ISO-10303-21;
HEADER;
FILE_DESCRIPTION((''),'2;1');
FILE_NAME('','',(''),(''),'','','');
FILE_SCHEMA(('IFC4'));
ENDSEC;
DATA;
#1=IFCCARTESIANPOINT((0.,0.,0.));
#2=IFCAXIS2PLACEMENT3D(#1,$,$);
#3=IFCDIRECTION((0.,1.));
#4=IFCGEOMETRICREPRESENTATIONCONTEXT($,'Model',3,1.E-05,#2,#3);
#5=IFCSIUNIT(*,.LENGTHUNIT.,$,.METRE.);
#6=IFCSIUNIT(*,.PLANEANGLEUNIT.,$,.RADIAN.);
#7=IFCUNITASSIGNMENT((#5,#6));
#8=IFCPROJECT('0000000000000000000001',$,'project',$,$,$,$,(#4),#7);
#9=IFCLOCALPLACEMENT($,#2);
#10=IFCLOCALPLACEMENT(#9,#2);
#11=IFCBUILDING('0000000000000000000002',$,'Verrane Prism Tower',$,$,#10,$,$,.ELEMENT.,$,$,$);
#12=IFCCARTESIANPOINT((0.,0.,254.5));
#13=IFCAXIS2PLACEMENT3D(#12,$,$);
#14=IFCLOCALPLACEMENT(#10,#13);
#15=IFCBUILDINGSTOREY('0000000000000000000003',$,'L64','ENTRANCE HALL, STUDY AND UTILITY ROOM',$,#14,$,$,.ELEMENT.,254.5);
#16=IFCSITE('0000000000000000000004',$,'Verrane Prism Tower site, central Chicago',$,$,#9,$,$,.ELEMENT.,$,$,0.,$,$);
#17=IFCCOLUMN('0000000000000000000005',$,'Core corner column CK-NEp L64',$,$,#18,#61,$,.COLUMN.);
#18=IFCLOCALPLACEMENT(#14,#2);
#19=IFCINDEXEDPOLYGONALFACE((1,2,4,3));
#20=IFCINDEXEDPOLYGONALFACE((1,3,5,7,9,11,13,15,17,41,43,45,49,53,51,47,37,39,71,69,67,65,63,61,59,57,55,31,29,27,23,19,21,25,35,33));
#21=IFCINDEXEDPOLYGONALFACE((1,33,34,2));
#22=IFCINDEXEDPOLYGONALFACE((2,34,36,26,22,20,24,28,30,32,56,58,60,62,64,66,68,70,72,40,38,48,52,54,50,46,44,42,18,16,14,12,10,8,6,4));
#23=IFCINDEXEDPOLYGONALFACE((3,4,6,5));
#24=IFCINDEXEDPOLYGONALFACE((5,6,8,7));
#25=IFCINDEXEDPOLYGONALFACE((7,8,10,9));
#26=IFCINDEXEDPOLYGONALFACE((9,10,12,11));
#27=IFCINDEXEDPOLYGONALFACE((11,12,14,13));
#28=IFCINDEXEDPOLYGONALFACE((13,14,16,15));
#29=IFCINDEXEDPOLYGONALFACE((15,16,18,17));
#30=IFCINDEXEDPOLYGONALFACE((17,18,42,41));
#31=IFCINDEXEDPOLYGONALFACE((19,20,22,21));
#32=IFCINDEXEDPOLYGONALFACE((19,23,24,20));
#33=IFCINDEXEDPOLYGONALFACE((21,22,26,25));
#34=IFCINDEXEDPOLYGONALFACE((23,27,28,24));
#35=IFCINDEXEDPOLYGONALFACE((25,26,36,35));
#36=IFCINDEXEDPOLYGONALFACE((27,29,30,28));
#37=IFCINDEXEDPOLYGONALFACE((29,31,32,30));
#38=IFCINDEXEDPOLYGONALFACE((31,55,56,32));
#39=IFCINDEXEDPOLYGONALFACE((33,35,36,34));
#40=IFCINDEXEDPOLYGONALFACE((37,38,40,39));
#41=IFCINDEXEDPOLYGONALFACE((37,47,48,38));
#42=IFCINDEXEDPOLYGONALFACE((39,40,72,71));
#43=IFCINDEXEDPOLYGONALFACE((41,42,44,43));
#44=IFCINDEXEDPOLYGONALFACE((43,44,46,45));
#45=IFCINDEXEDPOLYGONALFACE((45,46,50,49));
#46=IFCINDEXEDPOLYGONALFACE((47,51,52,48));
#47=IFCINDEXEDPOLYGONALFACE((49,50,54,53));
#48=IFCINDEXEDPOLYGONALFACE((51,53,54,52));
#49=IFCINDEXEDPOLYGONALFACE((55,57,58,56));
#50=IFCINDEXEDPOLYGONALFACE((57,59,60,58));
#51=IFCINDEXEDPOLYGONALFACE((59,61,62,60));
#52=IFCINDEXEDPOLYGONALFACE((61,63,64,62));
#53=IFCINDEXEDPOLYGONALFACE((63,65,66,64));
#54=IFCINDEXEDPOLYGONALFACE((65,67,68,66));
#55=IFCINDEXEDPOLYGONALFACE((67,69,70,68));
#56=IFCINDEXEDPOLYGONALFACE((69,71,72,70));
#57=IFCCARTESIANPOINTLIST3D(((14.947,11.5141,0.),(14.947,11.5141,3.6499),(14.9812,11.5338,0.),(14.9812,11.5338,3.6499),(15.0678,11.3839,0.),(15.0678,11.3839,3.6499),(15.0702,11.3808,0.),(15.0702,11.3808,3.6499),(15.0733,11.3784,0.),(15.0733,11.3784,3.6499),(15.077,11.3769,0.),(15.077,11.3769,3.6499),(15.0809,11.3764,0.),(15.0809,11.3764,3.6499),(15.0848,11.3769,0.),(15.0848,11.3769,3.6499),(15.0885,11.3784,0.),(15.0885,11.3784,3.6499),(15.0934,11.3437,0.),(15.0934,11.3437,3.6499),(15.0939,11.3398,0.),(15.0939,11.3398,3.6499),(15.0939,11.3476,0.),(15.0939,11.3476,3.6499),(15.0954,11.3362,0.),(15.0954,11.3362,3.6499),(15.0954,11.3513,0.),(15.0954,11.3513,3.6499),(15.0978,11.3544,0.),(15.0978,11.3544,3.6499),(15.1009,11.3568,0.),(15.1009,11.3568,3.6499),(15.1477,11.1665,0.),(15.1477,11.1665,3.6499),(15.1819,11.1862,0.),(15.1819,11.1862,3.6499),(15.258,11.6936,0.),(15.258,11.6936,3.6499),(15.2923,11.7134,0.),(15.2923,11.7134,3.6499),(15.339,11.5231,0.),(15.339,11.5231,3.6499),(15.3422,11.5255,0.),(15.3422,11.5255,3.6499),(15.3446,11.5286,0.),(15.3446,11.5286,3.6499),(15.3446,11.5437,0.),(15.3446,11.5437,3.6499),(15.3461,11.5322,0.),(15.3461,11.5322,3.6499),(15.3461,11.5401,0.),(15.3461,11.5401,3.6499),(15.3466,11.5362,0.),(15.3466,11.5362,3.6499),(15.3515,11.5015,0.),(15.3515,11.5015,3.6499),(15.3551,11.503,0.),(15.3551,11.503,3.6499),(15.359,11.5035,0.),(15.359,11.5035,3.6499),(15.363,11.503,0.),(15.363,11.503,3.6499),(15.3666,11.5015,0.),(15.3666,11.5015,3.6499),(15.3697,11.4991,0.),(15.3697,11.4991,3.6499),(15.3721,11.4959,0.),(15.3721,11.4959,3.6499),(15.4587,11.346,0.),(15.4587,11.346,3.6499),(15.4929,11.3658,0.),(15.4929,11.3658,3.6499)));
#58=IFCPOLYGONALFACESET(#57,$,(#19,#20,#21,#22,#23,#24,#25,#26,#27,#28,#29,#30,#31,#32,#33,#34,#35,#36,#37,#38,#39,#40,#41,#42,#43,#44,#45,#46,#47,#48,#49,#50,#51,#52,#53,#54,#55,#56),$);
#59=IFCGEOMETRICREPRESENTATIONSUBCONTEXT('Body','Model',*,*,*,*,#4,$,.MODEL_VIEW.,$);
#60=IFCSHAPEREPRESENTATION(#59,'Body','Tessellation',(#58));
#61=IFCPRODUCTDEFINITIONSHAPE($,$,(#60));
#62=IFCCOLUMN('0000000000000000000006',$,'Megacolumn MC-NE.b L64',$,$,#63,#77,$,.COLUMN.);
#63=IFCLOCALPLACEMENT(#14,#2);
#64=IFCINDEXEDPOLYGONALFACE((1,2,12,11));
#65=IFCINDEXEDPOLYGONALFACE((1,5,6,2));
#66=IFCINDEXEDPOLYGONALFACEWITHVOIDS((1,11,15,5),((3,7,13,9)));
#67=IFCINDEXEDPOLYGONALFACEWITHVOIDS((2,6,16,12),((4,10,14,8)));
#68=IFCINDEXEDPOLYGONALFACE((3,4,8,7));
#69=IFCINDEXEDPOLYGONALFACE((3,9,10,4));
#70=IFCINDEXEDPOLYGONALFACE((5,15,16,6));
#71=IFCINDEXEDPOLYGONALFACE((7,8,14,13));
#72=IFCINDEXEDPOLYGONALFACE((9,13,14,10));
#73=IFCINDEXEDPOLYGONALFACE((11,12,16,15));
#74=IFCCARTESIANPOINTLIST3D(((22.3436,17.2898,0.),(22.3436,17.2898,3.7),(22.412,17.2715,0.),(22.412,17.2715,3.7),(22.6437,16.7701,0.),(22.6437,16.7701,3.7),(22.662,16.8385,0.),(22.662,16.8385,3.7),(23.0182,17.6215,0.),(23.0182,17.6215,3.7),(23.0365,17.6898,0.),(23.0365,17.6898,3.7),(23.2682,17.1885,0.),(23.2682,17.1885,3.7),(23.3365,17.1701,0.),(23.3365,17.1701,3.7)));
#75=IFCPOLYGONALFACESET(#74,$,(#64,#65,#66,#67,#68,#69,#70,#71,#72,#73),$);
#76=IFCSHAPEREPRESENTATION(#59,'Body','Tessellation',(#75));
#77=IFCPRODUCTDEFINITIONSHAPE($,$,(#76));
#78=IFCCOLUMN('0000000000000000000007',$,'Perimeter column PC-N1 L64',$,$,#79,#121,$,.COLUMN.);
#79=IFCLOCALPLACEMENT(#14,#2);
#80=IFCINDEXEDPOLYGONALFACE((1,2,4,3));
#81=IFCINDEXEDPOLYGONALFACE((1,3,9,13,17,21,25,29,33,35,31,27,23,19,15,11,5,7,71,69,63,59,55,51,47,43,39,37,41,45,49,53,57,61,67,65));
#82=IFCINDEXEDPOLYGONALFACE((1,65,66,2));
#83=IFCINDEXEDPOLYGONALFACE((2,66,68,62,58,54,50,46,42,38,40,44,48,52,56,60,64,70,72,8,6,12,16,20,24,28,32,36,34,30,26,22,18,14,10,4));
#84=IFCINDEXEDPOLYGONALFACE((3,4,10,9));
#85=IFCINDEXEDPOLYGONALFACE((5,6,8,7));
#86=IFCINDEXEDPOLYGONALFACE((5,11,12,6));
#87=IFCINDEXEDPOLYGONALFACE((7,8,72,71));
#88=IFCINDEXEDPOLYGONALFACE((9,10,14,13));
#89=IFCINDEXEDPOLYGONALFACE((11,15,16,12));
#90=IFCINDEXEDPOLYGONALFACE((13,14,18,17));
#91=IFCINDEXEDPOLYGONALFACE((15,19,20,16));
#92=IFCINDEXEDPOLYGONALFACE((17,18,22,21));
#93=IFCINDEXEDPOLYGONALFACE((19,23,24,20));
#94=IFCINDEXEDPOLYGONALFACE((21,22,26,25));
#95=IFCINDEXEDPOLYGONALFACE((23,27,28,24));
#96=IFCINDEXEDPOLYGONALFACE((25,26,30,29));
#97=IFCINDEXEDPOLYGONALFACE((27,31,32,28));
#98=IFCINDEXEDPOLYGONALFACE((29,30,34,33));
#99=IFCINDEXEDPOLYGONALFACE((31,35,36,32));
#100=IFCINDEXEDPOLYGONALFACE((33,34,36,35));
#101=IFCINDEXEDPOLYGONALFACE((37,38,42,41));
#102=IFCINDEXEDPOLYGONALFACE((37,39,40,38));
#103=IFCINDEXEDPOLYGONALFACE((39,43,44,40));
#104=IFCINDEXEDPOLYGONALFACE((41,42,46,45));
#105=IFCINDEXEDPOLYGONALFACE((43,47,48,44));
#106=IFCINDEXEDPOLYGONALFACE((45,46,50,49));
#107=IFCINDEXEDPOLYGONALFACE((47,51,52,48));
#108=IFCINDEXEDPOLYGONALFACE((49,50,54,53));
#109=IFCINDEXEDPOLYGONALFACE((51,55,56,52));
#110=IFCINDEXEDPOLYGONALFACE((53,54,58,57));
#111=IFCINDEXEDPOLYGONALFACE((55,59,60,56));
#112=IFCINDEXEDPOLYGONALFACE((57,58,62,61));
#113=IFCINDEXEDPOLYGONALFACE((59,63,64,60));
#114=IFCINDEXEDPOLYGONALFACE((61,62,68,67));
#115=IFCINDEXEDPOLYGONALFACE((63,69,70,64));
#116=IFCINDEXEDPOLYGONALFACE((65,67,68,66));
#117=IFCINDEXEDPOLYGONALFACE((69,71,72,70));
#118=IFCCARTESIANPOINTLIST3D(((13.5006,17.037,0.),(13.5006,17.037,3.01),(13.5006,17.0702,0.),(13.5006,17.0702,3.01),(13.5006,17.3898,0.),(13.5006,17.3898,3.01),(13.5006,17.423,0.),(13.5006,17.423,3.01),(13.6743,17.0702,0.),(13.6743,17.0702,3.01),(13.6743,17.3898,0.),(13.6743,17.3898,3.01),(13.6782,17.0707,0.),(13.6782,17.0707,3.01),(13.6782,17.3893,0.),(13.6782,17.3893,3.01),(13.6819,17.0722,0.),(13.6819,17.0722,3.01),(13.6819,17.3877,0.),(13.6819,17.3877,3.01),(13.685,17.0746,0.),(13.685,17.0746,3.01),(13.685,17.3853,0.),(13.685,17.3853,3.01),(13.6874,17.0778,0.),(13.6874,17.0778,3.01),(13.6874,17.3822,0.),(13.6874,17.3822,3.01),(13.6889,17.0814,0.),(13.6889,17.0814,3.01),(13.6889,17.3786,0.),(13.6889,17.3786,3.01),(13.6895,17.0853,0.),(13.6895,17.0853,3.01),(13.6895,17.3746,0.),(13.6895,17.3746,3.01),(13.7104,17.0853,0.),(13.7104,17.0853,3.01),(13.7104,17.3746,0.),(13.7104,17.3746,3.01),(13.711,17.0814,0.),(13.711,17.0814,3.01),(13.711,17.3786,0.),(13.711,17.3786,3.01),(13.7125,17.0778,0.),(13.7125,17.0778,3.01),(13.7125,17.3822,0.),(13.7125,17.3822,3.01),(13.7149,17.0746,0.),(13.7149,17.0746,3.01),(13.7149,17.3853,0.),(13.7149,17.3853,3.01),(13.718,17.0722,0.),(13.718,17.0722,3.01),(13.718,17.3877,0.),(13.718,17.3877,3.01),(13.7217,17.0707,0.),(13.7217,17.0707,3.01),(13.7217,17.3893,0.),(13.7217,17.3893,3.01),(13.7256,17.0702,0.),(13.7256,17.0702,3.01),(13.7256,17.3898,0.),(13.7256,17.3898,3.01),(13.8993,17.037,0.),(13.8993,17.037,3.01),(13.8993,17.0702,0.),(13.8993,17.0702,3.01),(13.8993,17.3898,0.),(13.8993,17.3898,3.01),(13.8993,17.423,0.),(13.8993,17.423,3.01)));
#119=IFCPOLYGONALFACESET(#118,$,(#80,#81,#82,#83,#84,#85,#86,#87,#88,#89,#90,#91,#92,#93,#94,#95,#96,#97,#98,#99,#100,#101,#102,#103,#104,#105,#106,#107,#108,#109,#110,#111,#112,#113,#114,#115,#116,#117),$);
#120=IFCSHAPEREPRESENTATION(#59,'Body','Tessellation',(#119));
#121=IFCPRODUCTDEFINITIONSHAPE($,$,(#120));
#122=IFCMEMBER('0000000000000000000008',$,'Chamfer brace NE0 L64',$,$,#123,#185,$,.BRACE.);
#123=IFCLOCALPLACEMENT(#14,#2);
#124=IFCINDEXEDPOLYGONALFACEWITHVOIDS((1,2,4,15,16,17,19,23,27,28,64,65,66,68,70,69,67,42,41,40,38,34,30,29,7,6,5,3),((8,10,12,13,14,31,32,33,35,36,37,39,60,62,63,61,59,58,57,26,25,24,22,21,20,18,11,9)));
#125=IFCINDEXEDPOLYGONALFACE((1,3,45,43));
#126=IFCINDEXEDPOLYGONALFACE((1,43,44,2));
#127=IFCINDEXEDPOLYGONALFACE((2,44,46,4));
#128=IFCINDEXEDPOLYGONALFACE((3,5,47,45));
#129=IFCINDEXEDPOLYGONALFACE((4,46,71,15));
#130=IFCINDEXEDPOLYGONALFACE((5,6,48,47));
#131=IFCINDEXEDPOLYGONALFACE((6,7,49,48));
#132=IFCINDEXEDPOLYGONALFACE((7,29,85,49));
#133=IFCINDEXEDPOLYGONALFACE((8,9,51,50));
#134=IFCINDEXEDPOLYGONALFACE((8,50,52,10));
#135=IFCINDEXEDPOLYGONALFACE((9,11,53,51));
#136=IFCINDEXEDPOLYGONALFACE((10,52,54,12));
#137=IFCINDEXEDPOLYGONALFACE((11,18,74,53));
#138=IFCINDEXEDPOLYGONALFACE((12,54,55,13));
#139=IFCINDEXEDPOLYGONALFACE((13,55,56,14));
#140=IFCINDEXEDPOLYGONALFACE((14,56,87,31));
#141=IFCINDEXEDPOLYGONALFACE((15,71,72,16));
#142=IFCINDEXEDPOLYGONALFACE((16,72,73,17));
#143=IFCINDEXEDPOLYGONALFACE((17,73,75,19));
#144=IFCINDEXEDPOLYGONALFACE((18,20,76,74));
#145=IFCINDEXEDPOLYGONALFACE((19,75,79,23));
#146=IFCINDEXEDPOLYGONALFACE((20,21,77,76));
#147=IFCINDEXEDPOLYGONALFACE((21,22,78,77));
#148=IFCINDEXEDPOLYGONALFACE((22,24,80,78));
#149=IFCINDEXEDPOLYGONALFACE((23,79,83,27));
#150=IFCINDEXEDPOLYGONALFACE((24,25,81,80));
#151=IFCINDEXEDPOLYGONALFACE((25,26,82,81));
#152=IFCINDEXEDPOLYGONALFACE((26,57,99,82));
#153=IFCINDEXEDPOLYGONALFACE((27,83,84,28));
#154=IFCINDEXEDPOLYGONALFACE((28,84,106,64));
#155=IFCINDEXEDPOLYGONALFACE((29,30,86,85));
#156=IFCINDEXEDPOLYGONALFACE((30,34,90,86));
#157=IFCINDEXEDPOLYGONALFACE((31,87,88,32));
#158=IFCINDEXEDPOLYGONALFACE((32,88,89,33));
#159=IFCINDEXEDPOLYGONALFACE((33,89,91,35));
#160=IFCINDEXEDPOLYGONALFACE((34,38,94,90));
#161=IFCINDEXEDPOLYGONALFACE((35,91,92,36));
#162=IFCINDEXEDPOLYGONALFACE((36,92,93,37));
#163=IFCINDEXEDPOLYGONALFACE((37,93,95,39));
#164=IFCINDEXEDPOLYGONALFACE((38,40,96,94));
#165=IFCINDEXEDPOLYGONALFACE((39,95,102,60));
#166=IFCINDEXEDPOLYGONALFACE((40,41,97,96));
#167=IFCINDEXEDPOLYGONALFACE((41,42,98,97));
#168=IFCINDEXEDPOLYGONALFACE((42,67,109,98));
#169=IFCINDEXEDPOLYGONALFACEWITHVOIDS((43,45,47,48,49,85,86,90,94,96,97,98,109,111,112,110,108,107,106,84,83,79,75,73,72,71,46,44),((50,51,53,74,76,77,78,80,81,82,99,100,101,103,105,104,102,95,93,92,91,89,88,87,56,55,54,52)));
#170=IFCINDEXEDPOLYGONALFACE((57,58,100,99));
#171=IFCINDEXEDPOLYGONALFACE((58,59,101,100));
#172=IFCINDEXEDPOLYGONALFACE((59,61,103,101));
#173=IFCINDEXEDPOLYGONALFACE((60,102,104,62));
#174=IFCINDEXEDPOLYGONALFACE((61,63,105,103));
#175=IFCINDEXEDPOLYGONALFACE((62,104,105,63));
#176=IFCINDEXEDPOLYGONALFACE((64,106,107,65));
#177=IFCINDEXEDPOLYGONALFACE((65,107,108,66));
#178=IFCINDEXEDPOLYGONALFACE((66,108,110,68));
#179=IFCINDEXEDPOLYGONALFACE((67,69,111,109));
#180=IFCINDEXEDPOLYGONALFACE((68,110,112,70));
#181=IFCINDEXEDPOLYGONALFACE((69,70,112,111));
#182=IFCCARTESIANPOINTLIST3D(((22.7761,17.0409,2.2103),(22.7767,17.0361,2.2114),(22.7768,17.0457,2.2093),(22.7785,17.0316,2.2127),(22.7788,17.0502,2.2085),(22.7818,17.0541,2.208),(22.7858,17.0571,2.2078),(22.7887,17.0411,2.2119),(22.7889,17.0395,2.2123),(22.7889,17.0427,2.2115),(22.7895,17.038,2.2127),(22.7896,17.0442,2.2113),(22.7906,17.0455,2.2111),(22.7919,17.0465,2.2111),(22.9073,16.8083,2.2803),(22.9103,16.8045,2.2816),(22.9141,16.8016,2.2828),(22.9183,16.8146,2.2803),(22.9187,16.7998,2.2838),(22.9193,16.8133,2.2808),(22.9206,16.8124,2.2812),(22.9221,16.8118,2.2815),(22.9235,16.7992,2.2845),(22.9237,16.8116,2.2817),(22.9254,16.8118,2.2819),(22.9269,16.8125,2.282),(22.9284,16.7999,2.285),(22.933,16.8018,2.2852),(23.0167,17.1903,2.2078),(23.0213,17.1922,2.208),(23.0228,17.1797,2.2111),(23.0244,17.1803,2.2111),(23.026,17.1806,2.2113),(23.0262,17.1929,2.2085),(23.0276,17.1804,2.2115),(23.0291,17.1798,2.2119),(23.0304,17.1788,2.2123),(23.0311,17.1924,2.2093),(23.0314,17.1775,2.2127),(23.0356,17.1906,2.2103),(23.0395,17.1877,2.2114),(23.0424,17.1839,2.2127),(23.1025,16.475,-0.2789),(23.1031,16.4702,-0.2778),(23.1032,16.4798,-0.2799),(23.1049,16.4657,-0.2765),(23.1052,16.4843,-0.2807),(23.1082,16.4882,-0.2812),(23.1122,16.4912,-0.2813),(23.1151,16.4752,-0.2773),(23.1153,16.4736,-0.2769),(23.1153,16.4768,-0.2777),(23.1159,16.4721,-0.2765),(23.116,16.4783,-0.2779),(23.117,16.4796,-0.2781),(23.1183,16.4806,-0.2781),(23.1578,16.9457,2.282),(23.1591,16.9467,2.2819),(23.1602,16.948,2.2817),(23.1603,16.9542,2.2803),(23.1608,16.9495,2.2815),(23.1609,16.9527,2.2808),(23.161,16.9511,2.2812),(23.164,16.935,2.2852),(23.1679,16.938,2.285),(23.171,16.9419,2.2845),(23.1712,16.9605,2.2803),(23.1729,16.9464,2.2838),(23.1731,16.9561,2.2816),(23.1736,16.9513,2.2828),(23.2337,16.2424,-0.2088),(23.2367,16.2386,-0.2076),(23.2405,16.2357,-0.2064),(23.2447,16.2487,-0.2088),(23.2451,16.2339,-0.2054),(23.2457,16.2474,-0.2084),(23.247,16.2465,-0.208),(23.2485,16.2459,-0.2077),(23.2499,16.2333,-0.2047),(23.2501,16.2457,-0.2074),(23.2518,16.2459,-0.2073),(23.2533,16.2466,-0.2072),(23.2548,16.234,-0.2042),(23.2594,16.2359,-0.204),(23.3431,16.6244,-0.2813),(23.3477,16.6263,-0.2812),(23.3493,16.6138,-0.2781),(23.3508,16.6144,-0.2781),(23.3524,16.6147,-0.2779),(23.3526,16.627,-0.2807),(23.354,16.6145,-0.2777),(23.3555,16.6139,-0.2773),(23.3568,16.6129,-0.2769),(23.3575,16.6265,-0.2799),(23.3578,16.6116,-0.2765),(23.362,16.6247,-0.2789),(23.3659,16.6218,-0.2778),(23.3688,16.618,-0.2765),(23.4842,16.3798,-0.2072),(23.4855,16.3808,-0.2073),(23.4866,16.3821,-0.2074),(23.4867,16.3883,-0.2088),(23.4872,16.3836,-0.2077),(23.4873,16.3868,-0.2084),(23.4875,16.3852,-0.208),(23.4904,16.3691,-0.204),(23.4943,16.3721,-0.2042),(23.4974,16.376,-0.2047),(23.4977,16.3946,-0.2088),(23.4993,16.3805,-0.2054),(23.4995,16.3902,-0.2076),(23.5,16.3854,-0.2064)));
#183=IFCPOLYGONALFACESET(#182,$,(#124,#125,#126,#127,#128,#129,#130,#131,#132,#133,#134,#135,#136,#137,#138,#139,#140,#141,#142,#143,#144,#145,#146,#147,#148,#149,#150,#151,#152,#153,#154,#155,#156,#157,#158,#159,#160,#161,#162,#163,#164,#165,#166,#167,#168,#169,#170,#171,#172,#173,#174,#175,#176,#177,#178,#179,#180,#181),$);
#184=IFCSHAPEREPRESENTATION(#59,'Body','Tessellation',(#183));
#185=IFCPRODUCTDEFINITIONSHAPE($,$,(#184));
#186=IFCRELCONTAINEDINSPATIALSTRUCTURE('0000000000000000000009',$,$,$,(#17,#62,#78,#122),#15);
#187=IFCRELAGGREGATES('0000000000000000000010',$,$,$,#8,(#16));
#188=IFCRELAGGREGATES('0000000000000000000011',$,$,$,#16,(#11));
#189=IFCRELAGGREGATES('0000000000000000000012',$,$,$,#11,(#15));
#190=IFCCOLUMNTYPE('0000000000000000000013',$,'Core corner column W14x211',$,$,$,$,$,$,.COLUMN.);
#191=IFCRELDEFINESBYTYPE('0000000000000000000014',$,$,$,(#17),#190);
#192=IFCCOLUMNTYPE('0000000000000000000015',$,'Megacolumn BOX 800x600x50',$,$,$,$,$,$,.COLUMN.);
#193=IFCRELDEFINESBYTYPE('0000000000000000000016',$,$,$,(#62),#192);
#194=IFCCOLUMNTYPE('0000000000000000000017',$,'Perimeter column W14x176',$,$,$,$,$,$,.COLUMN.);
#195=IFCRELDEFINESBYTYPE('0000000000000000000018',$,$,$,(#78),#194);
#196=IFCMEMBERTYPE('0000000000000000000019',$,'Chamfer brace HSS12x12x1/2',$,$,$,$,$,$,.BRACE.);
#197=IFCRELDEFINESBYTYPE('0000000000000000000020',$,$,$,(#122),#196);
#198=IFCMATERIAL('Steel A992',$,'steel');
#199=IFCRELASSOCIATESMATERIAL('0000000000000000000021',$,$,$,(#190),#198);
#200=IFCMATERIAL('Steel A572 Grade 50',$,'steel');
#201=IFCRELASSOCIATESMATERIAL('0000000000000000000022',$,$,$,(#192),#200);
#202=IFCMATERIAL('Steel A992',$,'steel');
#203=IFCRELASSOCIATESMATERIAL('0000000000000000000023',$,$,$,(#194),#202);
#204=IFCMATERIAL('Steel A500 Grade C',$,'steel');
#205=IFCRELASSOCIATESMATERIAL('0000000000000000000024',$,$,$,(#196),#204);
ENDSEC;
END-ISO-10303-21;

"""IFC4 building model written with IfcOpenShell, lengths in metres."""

from ifc_helpers import new_model, si_unit, direction, frame, origin, origin_2d, place, context, subcontext, project, spatial, hollow_rectangle, i_section, extrude, material, material_profile, profile_set, type_object, element, save


model = new_model("IFC4")

# Units and contexts
model_context = context("Model", 3, precision=1e-05, world=origin(), true_north=direction((0.0, 1.0)))
body_context = subcontext(model_context, "Body", "Model", "MODEL_VIEW")
ifc_project = project(units=[si_unit("LENGTHUNIT", "METRE"), si_unit("PLANEANGLEUNIT", "RADIAN")], contexts=[model_context])

# Site, building, storey
site_placement = place(None, origin())
site = spatial("IfcSite", under=ifc_project, at=site_placement, Name="Verrane Prism Tower site, central Chicago", CompositionType="ELEMENT", RefElevation=0.0)
building_placement = place(site_placement, origin())
building = spatial("IfcBuilding", under=site, at=building_placement, Name="Verrane Prism Tower", CompositionType="ELEMENT")
storey_placement = place(building_placement, frame((0.0, 0.0, 254.5)))
storey = spatial("IfcBuildingStorey", under=building, at=storey_placement, Name="L64", Description="ENTRANCE HALL, STUDY AND UTILITY ROOM", CompositionType="ELEMENT", Elevation=254.5)

# Columns
ifc_material_1 = material(Name="Steel A992", Category="steel")
ifc_material_profile_1 = material_profile(ifc_material_1, i_section(OverallWidth=0.4014, OverallDepth=0.3987, WebThickness=0.0249, FlangeThickness=0.0396, FilletRadius=0.0151, at=origin_2d()), Name="W14x211")
ifc_profile_set_1 = profile_set([ifc_material_profile_1], Name="Steel A992")
column_type_1 = type_object("IfcColumnType", Name="Core corner column W14x211", PredefinedType="COLUMN", material=ifc_profile_set_1)
column_1_placement = place(storey_placement, frame((15.22, 11.4399, 0.0), z_axis=(0.0, 0.0, 1.0), x_axis=(0.5, -0.866025, 0.0)))
element("IfcColumn", 1, at=column_1_placement, inside=storey, type_object=column_type_1, Name="Core corner column CK-NEp L64", PredefinedType="COLUMN", context=body_context, shape_type="SweptSolid", body=[
    extrude(i_section(OverallWidth=0.4014, OverallDepth=0.3987, WebThickness=0.0249, FlangeThickness=0.0396, FilletRadius=0.0151, at=origin_2d()), origin(), (0.0, 0.0, 1.0), 3.6499),
])
ifc_material_2 = material(Name="Steel A572 Grade 50", Category="steel")
ifc_material_profile_2 = material_profile(ifc_material_2, hollow_rectangle(XDim=0.6001, YDim=0.8, WallThickness=0.05, at=origin_2d()), Name="BOX 800x600x50")
ifc_profile_set_2 = profile_set([ifc_material_profile_2], Name="Steel A572 Grade 50")
column_type_2 = type_object("IfcColumnType", Name="Megacolumn BOX 800x600x50", PredefinedType="COLUMN", material=ifc_profile_set_2)
column_2_placement = place(storey_placement, frame((22.8401, 17.23, 0.0), z_axis=(0.0, 0.0, 1.0), x_axis=(0.5, -0.866025, 0.0)))
element("IfcColumn", 2, at=column_2_placement, inside=storey, type_object=column_type_2, Name="Megacolumn MC-NE.b L64", PredefinedType="COLUMN", context=body_context, shape_type="SweptSolid", body=[
    extrude(hollow_rectangle(XDim=0.6001, YDim=0.8, WallThickness=0.05, at=origin_2d()), origin(), (0.0, 0.0, 1.0), 3.7),
])
ifc_material_3 = material(Name="Steel A992", Category="steel")
ifc_material_profile_3 = material_profile(ifc_material_3, i_section(OverallWidth=0.3987, OverallDepth=0.386, WebThickness=0.021, FlangeThickness=0.0332, FilletRadius=0.0151, at=origin_2d()), Name="W14x176")
ifc_profile_set_3 = profile_set([ifc_material_profile_3], Name="Steel A992")
column_type_3 = type_object("IfcColumnType", Name="Perimeter column W14x176", PredefinedType="COLUMN", material=ifc_profile_set_3)
column_3_placement = place(storey_placement, frame((13.7, 17.23, 0.0), z_axis=(0.0, 0.0, 1.0), x_axis=(1.0, 0.0, 0.0)))
element("IfcColumn", 3, at=column_3_placement, inside=storey, type_object=column_type_3, Name="Perimeter column PC-N1 L64", PredefinedType="COLUMN", context=body_context, shape_type="SweptSolid", body=[
    extrude(i_section(OverallWidth=0.3987, OverallDepth=0.386, WebThickness=0.021, FlangeThickness=0.0332, FilletRadius=0.0151, at=origin_2d()), origin(), (0.0, 0.0, 1.0), 3.01),
])

# Member
ifc_material_4 = material(Name="Steel A500 Grade C", Category="steel")
ifc_material_profile_4 = material_profile(ifc_material_4, hollow_rectangle(XDim=0.3047, YDim=0.3047, WallThickness=0.0127, InnerFilletRadius=0.0063, OuterFilletRadius=0.019, at=origin_2d()), Name="HSS12x12x1/2")
ifc_profile_set_4 = profile_set([ifc_material_profile_4], Name="Steel A500 Grade C")
member_type_1 = type_object("IfcMemberType", Name="Chamfer brace HSS12x12x1/2", PredefinedType="BRACE", material=ifc_profile_set_4)
member_1_placement = place(storey_placement, frame((23.3013, 16.4302, -0.2427), z_axis=(-0.126834, 0.219897, 0.967243), x_axis=(-0.866235, -0.499636, 0.0)))
element("IfcMember", 4, at=member_1_placement, inside=storey, type_object=member_type_1, Name="Chamfer brace NE0 L64", PredefinedType="BRACE", context=body_context, shape_type="SweptSolid", body=[
    extrude(hollow_rectangle(XDim=0.3047, YDim=0.3047, WallThickness=0.0127, InnerFilletRadius=0.0063, OuterFilletRadius=0.019, at=origin_2d()), origin(), (0.0, 0.0, 1.0), 2.5735),
])

save(model, "model.ifc")
